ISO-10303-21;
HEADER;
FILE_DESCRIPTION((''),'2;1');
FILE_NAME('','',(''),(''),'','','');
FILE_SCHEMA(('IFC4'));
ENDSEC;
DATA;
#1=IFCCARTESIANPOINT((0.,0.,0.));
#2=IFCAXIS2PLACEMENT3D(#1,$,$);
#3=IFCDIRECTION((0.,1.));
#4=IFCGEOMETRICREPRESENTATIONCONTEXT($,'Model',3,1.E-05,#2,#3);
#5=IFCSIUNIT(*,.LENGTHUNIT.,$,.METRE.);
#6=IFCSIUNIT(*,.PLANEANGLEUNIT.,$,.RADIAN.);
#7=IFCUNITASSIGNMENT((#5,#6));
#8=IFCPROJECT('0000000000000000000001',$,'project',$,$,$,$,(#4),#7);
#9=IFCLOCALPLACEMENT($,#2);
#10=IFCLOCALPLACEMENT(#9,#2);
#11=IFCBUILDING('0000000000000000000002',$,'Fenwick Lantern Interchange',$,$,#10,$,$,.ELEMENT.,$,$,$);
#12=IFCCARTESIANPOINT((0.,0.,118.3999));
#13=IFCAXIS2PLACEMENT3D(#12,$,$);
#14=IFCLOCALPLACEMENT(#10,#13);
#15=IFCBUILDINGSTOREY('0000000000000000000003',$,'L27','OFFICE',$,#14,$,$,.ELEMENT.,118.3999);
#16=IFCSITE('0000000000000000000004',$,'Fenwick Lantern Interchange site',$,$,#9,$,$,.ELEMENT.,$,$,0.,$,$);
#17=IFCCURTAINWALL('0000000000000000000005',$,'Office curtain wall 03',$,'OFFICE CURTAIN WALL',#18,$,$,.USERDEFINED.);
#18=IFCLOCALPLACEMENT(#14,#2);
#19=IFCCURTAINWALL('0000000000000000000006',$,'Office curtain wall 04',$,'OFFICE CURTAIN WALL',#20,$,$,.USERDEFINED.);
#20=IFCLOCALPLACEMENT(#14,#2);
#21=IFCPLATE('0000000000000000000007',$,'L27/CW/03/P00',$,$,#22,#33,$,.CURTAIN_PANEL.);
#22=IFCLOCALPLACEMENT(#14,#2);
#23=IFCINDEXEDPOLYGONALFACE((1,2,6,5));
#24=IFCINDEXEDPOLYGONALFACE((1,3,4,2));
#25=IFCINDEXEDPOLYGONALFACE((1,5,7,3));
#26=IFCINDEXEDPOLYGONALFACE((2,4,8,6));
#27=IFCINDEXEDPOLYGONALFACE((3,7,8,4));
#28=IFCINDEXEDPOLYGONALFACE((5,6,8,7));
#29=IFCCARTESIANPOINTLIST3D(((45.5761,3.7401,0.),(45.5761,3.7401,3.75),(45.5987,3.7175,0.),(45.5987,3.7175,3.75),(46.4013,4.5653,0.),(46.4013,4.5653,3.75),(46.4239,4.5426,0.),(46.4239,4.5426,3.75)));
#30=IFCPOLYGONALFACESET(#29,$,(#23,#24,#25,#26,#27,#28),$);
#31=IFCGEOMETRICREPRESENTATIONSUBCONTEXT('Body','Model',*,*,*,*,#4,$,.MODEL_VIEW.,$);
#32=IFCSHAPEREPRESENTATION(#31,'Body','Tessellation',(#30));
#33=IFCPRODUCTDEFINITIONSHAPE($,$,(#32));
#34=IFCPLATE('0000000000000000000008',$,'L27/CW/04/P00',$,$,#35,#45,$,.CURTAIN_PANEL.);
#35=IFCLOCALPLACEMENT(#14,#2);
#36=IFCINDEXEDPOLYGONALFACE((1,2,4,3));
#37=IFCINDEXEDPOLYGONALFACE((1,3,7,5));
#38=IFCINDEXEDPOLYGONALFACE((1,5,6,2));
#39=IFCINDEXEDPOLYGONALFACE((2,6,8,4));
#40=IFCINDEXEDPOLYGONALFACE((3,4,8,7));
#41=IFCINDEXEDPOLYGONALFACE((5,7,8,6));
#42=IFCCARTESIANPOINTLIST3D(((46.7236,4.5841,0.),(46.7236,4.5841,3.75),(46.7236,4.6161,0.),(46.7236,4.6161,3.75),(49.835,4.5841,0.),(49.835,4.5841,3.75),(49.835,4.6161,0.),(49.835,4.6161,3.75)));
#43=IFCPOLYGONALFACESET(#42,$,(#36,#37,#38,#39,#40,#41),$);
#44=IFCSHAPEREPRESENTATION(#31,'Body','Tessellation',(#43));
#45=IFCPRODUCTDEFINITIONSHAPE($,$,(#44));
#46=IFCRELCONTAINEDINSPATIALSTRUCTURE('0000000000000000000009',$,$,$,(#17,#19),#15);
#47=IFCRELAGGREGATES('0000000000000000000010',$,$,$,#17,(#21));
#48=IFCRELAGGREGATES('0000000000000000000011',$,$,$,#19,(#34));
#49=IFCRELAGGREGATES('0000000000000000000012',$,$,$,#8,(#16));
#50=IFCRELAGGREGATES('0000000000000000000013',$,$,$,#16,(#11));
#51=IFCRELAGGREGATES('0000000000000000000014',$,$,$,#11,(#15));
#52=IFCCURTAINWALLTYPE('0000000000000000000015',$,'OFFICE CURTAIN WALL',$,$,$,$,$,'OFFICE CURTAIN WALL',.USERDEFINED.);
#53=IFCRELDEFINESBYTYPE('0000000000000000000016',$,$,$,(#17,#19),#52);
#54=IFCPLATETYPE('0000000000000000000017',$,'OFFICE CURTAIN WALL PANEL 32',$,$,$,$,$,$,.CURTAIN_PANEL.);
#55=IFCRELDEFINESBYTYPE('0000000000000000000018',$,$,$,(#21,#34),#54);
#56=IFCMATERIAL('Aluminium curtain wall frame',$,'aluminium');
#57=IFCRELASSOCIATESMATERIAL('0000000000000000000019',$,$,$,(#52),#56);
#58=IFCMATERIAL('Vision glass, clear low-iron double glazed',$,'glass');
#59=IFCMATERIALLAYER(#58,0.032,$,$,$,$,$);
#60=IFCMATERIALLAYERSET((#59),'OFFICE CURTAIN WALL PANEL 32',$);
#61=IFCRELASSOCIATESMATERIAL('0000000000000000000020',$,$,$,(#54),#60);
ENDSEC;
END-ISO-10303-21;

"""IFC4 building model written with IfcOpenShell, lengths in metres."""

from ifc_helpers import new_model, si_unit, direction, frame, origin, origin_2d, place, context, subcontext, project, spatial, rectangle, extrude, material, layer, layer_set, type_object, element, aggregate, save


model = new_model("IFC4")

# Units and contexts
model_context = context("Model", 3, precision=1e-05, world=origin(), true_north=direction((0.0, 1.0)))
body_context = subcontext(model_context, "Body", "Model", "MODEL_VIEW")
ifc_project = project(units=[si_unit("LENGTHUNIT", "METRE"), si_unit("PLANEANGLEUNIT", "RADIAN")], contexts=[model_context])

# Site, building, storey
site_placement = place(None, origin())
site = spatial("IfcSite", under=ifc_project, at=site_placement, Name="Fenwick Lantern Interchange site", CompositionType="ELEMENT", RefElevation=0.0)
building_placement = place(site_placement, origin())
building = spatial("IfcBuilding", under=site, at=building_placement, Name="Fenwick Lantern Interchange", CompositionType="ELEMENT")
storey_placement = place(building_placement, frame((0.0, 0.0, 118.3999)))
storey = spatial("IfcBuildingStorey", under=building, at=storey_placement, Name="L27", Description="OFFICE", CompositionType="ELEMENT", Elevation=118.3999)

# Shared definitions
ifc_material_1 = material(Name="Aluminium curtain wall frame", Category="aluminium")
curtain_wall_type = type_object("IfcCurtainWallType", Name="OFFICE CURTAIN WALL", ElementType="OFFICE CURTAIN WALL", PredefinedType="USERDEFINED", material=ifc_material_1)

# Curtain walls
curtain_wall_1_placement = place(storey_placement, origin())
curtain_wall_1 = element("IfcCurtainWall", 1, at=curtain_wall_1_placement, inside=storey, type_object=curtain_wall_type, Name="Office curtain wall 03", ObjectType="OFFICE CURTAIN WALL", PredefinedType="USERDEFINED")
curtain_wall_2_placement = place(storey_placement, origin())
curtain_wall_2 = element("IfcCurtainWall", 2, at=curtain_wall_2_placement, inside=storey, type_object=curtain_wall_type, Name="Office curtain wall 04", ObjectType="OFFICE CURTAIN WALL", PredefinedType="USERDEFINED")

# Plates
ifc_material_2 = material(Name="Vision glass, clear low-iron double glazed", Category="glass")
ifc_layer_1 = layer(ifc_material_2, 0.032)
ifc_layer_set_1 = layer_set([ifc_layer_1], Name="OFFICE CURTAIN WALL PANEL 32")
plate_type = type_object("IfcPlateType", Name="OFFICE CURTAIN WALL PANEL 32", PredefinedType="CURTAIN_PANEL", material=ifc_layer_set_1)
plate_1_placement = place(storey_placement, frame((46.0, 4.1414, 0.0), z_axis=(0.0, 0.0, 1.0), x_axis=(0.707107, 0.707107, 0.0)))
plate_1 = element("IfcPlate", 3, at=plate_1_placement, type_object=plate_type, Name="L27/CW/03/P00", PredefinedType="CURTAIN_PANEL", context=body_context, shape_type="SweptSolid", body=[
    extrude(rectangle(XDim=1.167, YDim=0.032, at=origin_2d()), origin(), (0.0, 0.0, 1.0), 3.75),
])
aggregate(curtain_wall_1, [plate_1])
plate_2_placement = place(storey_placement, frame((48.2793, 4.6001, 0.0), z_axis=(0.0, 0.0, 1.0), x_axis=(1.0, 0.0, 0.0)))
plate_2 = element("IfcPlate", 4, at=plate_2_placement, type_object=plate_type, Name="L27/CW/04/P00", PredefinedType="CURTAIN_PANEL", context=body_context, shape_type="SweptSolid", body=[
    extrude(rectangle(XDim=3.1113, YDim=0.032, at=origin_2d()), origin(), (0.0, 0.0, 1.0), 3.75),
])
aggregate(curtain_wall_2, [plate_2])

save(model, "model.ifc")
